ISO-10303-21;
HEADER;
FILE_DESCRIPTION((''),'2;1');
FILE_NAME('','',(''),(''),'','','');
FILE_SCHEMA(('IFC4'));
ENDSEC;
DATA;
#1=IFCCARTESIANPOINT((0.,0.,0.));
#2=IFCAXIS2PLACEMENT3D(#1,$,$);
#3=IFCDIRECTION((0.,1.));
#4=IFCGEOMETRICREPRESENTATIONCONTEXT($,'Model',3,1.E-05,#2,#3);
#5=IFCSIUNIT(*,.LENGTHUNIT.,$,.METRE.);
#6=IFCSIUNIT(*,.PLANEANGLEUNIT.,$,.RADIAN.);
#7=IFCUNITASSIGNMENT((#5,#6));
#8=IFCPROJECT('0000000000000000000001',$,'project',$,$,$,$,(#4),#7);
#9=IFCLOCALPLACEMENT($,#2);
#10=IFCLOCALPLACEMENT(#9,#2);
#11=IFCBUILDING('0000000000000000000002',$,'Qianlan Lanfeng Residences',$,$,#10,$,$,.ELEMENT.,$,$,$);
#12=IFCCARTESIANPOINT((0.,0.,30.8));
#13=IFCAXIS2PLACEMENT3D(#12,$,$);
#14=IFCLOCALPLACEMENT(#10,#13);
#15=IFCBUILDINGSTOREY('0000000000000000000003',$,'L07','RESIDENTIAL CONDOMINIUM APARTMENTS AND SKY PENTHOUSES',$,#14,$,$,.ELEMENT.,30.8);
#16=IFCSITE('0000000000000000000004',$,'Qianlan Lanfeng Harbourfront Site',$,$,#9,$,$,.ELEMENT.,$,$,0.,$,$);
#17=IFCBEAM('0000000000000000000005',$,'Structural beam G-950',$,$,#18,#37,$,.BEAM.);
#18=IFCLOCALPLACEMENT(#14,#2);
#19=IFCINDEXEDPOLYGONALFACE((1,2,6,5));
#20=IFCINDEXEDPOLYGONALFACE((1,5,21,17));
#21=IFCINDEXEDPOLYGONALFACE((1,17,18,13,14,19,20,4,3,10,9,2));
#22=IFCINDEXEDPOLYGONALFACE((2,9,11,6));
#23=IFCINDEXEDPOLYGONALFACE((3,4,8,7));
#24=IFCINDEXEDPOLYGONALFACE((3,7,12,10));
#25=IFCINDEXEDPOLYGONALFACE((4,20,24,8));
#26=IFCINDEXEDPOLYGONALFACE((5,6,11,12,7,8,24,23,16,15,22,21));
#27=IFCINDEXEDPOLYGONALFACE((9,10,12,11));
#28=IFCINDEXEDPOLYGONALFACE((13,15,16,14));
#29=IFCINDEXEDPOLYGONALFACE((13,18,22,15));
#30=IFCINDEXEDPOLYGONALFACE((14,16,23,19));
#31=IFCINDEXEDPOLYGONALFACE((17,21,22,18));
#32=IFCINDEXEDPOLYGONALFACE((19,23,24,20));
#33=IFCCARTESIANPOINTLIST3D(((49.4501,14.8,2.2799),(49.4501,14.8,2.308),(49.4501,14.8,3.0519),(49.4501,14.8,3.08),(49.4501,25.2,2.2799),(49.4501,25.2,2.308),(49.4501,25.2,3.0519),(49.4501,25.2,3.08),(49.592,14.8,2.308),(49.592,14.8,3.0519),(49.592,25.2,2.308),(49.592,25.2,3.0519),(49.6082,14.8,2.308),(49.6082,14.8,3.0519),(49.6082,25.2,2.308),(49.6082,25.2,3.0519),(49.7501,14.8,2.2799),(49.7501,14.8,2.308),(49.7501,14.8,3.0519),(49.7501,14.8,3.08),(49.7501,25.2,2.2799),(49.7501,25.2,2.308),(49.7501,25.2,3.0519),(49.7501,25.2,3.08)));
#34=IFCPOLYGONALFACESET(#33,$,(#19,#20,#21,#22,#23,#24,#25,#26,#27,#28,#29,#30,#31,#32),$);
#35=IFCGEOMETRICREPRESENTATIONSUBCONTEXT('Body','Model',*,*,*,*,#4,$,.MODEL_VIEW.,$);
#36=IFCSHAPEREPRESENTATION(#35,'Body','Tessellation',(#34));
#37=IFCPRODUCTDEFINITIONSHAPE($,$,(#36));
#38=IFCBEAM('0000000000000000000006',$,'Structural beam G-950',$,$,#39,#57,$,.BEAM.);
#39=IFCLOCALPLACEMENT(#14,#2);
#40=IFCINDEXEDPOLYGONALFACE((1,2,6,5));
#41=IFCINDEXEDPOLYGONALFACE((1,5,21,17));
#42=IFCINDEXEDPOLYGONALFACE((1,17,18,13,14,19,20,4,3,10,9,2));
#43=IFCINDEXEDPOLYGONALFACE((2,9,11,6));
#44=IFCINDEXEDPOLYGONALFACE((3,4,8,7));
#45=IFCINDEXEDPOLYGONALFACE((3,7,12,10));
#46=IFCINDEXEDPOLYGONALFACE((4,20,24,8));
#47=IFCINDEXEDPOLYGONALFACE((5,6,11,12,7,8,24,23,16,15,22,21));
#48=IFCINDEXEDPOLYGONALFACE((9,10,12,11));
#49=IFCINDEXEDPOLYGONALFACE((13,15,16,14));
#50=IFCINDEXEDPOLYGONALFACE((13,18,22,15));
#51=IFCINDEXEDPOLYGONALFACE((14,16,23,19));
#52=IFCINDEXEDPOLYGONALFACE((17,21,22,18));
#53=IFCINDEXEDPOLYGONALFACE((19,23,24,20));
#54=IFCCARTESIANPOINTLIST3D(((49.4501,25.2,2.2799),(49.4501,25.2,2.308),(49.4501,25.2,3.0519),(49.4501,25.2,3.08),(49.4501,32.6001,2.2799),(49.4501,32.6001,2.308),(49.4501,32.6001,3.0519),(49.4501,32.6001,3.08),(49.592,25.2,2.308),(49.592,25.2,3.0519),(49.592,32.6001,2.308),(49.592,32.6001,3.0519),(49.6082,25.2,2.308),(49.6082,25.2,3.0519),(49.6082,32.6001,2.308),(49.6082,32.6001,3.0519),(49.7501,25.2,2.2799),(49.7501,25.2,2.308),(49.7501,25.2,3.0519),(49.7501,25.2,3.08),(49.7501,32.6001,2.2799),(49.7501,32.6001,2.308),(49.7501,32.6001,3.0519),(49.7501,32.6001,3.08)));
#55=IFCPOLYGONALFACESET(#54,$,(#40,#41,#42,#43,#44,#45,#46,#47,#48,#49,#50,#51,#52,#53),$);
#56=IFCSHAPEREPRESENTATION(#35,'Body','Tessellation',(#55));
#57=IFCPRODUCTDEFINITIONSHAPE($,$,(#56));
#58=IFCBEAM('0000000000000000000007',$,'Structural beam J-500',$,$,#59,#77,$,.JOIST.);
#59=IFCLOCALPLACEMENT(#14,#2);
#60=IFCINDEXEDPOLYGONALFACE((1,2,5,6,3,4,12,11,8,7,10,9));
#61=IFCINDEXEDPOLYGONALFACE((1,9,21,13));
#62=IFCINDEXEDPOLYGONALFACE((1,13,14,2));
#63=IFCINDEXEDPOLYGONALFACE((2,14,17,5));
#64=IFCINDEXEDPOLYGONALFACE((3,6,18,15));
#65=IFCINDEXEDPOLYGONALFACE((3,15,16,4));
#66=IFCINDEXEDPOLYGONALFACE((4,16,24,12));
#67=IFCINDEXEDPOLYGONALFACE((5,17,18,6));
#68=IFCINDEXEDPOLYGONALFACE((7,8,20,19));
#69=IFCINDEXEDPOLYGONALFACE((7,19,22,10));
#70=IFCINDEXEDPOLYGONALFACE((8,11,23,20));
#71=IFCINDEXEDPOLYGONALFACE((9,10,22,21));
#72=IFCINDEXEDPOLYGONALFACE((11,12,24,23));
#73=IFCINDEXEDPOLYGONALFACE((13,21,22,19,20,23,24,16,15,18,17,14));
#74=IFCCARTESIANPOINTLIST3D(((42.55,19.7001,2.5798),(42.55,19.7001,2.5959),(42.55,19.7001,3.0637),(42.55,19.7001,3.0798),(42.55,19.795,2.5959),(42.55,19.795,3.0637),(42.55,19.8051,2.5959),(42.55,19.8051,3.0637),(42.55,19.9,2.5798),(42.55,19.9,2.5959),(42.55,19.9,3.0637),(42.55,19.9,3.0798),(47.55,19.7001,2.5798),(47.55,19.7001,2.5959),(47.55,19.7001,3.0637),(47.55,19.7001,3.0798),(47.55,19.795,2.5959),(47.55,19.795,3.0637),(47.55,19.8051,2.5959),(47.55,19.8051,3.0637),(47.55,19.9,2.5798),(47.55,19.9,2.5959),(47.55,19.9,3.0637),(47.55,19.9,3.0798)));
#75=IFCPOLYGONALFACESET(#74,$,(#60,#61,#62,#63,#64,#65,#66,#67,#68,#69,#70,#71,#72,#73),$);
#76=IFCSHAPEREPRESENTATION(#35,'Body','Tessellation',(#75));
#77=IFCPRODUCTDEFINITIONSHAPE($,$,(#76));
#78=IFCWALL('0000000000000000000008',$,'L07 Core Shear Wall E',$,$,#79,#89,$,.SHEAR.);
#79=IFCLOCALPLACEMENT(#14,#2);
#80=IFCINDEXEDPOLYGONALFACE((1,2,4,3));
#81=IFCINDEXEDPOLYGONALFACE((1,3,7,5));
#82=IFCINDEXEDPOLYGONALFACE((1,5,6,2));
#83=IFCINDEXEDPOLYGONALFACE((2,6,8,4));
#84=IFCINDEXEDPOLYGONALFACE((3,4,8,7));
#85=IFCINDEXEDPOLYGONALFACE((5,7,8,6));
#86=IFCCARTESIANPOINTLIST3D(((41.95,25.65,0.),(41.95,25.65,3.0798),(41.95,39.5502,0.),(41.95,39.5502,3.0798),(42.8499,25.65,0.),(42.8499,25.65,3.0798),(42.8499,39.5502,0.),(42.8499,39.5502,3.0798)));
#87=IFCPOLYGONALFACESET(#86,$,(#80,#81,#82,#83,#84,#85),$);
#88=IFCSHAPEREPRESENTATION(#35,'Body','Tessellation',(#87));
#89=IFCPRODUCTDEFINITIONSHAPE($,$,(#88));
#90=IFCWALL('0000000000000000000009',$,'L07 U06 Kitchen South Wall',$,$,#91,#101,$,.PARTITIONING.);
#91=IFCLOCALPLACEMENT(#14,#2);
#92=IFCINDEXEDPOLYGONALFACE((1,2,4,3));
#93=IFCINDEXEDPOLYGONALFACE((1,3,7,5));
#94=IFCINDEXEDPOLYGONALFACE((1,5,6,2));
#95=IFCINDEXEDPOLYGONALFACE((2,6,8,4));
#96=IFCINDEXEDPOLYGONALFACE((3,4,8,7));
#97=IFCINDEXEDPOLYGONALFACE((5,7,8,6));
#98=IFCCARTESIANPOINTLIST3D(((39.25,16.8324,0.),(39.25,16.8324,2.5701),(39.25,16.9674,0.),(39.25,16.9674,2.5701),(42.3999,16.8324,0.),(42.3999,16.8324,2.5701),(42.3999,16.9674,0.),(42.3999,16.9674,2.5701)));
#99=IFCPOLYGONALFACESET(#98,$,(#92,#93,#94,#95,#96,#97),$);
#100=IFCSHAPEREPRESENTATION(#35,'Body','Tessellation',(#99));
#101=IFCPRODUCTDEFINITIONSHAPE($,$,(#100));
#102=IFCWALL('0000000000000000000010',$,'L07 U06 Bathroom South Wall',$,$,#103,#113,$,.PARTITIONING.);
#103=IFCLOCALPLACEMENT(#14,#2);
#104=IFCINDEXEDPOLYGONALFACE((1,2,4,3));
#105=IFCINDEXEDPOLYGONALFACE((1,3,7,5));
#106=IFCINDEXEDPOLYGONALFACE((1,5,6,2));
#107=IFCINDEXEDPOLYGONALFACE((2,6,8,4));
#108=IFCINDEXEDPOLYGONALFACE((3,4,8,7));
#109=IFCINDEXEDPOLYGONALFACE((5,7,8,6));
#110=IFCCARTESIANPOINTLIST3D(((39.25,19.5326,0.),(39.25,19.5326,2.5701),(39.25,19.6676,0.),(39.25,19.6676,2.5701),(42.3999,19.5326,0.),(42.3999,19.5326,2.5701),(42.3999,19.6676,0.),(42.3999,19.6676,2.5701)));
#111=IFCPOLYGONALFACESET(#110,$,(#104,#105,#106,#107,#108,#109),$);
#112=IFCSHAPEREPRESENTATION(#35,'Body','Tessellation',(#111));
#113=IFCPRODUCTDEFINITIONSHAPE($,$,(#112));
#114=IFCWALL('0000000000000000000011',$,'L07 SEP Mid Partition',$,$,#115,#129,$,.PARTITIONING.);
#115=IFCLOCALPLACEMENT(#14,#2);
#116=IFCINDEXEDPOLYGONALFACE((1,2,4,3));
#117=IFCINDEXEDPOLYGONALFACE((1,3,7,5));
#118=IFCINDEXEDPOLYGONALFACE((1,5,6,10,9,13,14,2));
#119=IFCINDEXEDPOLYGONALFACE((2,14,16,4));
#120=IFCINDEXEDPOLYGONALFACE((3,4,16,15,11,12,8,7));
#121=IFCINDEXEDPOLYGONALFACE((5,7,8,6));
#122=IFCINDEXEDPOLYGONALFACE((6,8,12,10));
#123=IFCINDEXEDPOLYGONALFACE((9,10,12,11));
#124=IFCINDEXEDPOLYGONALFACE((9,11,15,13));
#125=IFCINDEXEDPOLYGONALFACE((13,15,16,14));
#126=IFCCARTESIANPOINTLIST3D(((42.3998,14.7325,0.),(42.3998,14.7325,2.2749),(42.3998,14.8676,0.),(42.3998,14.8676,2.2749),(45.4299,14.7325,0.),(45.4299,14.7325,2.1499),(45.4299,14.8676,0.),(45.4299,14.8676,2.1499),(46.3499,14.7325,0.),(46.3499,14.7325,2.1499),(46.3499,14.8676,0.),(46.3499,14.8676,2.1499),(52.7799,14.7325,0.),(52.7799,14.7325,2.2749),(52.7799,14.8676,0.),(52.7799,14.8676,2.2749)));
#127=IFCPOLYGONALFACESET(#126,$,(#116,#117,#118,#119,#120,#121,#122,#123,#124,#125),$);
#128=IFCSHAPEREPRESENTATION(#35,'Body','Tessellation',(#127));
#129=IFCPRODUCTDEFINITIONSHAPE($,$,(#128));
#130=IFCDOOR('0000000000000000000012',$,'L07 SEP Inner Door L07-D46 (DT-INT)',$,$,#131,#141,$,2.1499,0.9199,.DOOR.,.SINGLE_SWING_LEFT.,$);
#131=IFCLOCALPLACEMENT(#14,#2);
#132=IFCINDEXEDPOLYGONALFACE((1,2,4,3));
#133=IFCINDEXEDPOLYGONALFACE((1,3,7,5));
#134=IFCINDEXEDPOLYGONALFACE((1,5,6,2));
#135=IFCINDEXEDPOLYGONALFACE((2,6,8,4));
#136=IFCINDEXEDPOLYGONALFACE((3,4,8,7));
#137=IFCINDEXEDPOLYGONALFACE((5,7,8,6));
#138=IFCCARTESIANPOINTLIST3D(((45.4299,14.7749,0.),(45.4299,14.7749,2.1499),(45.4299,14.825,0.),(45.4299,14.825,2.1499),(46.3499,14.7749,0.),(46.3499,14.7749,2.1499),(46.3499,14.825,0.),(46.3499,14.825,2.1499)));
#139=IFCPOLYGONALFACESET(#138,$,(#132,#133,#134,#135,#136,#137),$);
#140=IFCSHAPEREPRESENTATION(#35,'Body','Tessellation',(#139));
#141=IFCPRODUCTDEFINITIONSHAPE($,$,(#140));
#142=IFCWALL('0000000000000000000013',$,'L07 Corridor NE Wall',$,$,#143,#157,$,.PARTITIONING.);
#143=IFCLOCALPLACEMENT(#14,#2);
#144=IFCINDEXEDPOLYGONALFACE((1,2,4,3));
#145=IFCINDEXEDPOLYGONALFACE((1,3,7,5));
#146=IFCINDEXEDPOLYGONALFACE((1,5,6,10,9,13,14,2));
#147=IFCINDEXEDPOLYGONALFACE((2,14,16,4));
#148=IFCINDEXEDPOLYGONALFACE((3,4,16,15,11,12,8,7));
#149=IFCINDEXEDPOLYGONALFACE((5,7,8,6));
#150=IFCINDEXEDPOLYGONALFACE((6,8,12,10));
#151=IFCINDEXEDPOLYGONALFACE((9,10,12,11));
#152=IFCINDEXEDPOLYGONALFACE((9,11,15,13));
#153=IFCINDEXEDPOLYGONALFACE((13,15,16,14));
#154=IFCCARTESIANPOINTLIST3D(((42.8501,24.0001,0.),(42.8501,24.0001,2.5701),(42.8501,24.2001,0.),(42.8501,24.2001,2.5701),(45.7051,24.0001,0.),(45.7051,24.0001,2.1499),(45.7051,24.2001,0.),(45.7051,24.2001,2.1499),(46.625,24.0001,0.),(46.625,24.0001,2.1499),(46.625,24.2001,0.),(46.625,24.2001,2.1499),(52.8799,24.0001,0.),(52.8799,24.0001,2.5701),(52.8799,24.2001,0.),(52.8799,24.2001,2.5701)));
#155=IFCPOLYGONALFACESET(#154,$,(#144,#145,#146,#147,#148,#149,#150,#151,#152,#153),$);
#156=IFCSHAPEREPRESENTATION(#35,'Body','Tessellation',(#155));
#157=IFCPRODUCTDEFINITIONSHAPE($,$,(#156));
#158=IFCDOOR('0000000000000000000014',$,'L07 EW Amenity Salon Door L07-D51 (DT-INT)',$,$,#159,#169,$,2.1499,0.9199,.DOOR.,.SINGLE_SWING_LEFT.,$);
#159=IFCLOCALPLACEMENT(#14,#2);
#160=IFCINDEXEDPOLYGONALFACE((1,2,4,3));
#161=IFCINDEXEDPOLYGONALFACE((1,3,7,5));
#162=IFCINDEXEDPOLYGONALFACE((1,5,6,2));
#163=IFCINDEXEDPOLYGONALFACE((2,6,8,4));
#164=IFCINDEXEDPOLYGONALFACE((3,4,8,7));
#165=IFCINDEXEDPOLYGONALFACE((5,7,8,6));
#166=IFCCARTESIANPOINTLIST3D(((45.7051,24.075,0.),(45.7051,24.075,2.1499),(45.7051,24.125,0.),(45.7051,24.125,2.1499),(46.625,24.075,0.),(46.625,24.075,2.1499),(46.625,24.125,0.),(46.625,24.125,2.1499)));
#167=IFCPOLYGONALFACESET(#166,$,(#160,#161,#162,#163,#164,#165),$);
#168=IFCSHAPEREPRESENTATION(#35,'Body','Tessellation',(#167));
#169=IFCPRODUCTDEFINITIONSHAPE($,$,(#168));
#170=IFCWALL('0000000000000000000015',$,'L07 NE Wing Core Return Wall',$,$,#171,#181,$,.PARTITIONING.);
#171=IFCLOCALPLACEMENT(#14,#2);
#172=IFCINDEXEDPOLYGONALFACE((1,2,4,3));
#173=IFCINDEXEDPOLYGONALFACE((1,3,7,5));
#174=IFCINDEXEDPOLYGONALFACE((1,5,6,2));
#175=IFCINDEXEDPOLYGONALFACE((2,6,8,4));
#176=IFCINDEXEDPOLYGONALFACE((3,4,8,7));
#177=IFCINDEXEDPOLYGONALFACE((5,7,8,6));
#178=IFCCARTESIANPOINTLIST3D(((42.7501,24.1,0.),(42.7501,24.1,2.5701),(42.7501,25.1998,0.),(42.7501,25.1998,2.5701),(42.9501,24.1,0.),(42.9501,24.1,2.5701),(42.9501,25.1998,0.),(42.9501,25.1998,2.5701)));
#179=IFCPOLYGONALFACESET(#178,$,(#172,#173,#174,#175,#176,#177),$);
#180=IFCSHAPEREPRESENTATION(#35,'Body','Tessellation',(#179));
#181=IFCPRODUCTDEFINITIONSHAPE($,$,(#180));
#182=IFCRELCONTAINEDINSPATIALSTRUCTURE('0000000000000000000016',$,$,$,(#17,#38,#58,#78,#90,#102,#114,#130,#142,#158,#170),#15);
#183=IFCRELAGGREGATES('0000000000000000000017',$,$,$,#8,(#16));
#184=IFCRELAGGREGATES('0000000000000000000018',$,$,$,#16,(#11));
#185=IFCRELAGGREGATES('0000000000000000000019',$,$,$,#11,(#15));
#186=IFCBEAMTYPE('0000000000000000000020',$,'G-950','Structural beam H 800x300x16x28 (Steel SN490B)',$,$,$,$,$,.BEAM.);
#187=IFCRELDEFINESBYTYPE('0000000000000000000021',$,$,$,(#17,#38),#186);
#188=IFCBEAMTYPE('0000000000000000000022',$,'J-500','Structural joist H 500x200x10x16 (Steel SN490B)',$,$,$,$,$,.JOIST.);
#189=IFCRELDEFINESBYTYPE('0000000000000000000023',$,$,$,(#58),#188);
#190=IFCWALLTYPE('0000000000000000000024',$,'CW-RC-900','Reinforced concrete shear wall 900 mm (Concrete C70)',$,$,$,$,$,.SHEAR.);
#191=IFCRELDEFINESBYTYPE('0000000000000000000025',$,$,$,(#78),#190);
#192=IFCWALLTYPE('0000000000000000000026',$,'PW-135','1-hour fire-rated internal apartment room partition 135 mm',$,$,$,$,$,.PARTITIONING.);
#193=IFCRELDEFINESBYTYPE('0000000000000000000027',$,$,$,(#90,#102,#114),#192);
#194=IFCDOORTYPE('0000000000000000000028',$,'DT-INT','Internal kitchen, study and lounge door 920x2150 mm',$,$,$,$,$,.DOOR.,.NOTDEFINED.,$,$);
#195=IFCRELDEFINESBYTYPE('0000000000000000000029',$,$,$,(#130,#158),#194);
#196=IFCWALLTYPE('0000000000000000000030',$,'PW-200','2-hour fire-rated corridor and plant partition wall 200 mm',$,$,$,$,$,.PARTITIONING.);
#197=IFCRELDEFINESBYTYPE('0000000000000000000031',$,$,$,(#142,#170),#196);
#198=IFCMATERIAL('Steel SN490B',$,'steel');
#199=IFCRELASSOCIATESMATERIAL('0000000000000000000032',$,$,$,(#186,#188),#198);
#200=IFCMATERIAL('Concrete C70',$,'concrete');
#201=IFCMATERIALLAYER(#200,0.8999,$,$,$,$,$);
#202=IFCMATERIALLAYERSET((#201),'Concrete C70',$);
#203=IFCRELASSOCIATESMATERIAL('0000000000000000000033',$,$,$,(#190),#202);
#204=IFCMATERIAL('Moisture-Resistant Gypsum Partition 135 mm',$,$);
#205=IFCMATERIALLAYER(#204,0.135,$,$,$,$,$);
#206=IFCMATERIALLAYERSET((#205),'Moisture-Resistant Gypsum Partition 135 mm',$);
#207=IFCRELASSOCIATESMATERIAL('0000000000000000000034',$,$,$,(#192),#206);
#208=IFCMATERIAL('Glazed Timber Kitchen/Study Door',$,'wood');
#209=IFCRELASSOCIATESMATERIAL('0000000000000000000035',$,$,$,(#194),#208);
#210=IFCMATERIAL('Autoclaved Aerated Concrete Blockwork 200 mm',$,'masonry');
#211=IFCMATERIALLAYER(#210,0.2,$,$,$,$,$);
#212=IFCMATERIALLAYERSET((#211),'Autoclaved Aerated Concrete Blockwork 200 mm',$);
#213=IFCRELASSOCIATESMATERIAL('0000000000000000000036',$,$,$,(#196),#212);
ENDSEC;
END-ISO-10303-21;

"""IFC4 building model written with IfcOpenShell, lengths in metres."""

from ifc_helpers import new_model, si_unit, direction, frame, frame_2d, origin, origin_2d, place, context, subcontext, project, spatial, rectangle, i_section, extrude, material, layer, layer_set, material_profile, profile_set, type_object, element, fill, save


model = new_model("IFC4")

# Units and contexts
model_context = context("Model", 3, precision=1e-05, world=origin(), true_north=direction((0.0, 1.0)))
body_context = subcontext(model_context, "Body", "Model", "MODEL_VIEW")
ifc_project = project(units=[si_unit("LENGTHUNIT", "METRE"), si_unit("PLANEANGLEUNIT", "RADIAN")], contexts=[model_context])

# Site, building, storey
site_placement = place(None, origin())
site = spatial("IfcSite", under=ifc_project, at=site_placement, Name="Qianlan Lanfeng Harbourfront Site", CompositionType="ELEMENT", RefElevation=0.0)
building_placement = place(site_placement, origin())
building = spatial("IfcBuilding", under=site, at=building_placement, Name="Qianlan Lanfeng Residences", CompositionType="ELEMENT")
storey_placement = place(building_placement, frame((0.0, 0.0, 30.8)))
storey = spatial("IfcBuildingStorey", under=building, at=storey_placement, Name="L07", Description="RESIDENTIAL CONDOMINIUM APARTMENTS AND SKY PENTHOUSES", CompositionType="ELEMENT", Elevation=30.8)

# Beams
ifc_material_1 = material(Name="Steel SN490B", Category="steel")
ifc_material_profile_1 = material_profile(ifc_material_1, i_section(OverallWidth=0.3, OverallDepth=0.8, WebThickness=0.0161, FlangeThickness=0.0281, at=origin_2d()), Name="H 800x300x16x28")
ifc_profile_set_1 = profile_set([ifc_material_profile_1], Name="Steel SN490B")
beam_type_1 = type_object("IfcBeamType", Name="G-950", Description="Structural beam H 800x300x16x28 (Steel SN490B)", PredefinedType="BEAM", material=ifc_profile_set_1)
beam_1_placement = place(storey_placement, frame((49.6001, 14.8, 2.6799), z_axis=(0.0, 1.0, 0.0), x_axis=(-1.0, 0.0, 0.0)))
element("IfcBeam", 1, at=beam_1_placement, inside=storey, type_object=beam_type_1, Name="Structural beam G-950", PredefinedType="BEAM", context=body_context, shape_type="SweptSolid", body=[
    extrude(i_section(OverallWidth=0.3, OverallDepth=0.8, WebThickness=0.0161, FlangeThickness=0.0281, at=origin_2d()), origin(), (0.0, 0.0, 1.0), 10.3999),
])
beam_2_placement = place(storey_placement, frame((49.6001, 25.2, 2.6799), z_axis=(0.0, 1.0, 0.0), x_axis=(-1.0, 0.0, 0.0)))
element("IfcBeam", 2, at=beam_2_placement, inside=storey, type_object=beam_type_1, Name="Structural beam G-950", PredefinedType="BEAM", context=body_context, shape_type="SweptSolid", body=[
    extrude(i_section(OverallWidth=0.3, OverallDepth=0.8, WebThickness=0.0161, FlangeThickness=0.0281, at=origin_2d()), origin(), (0.0, 0.0, 1.0), 7.4001),
])
ifc_material_profile_2 = material_profile(ifc_material_1, i_section(OverallWidth=0.2, OverallDepth=0.5, WebThickness=0.01, FlangeThickness=0.0161, at=origin_2d()), Name="H 500x200x10x16")
ifc_profile_set_2 = profile_set([ifc_material_profile_2], Name="Steel SN490B")
beam_type_2 = type_object("IfcBeamType", Name="J-500", Description="Structural joist H 500x200x10x16 (Steel SN490B)", PredefinedType="JOIST", material=ifc_profile_set_2)
beam_3_placement = place(storey_placement, frame((42.55, 19.8, 2.8298), z_axis=(1.0, 0.0, 0.0), x_axis=(0.0, 1.0, 0.0)))
element("IfcBeam", 3, at=beam_3_placement, inside=storey, type_object=beam_type_2, Name="Structural beam J-500", PredefinedType="JOIST", context=body_context, shape_type="SweptSolid", body=[
    extrude(i_section(OverallWidth=0.2, OverallDepth=0.5, WebThickness=0.01, FlangeThickness=0.0161, at=origin_2d()), origin(), (0.0, 0.0, 1.0), 5.0),
])

# Walls
ifc_material_2 = material(Name="Concrete C70", Category="concrete")
ifc_layer_1 = layer(ifc_material_2, 0.8999)
ifc_layer_set_1 = layer_set([ifc_layer_1], Name="Concrete C70")
wall_type_1 = type_object("IfcWallType", Name="CW-RC-900", Description="Reinforced concrete shear wall 900 mm (Concrete C70)", PredefinedType="SHEAR", material=ifc_layer_set_1)
wall_1_placement = place(storey_placement, frame((42.3999, 25.6499, 0.0), z_axis=(0.0, 0.0, 1.0), x_axis=(0.0, 1.0, 0.0)))
element("IfcWall", 4, at=wall_1_placement, inside=storey, type_object=wall_type_1, Name="L07 Core Shear Wall E", PredefinedType="SHEAR", context=body_context, shape_type="SweptSolid", body=[
    extrude(rectangle(XDim=13.9001, YDim=0.8999, at=frame_2d((6.9502, 0.0))), origin(), (0.0, 0.0, 1.0), 3.0798),
])
ifc_material_3 = material(Name="Moisture-Resistant Gypsum Partition 135 mm")
ifc_layer_2 = layer(ifc_material_3, 0.135)
ifc_layer_set_2 = layer_set([ifc_layer_2], Name="Moisture-Resistant Gypsum Partition 135 mm")
wall_type_2 = type_object("IfcWallType", Name="PW-135", Description="1-hour fire-rated internal apartment room partition 135 mm", PredefinedType="PARTITIONING", material=ifc_layer_set_2)
for number, where, z_axis, x_axis, name in (
    (5, (39.25, 16.8999, 0.0), (0.0, 0.0, 1.0), (1.0, 0.0, 0.0), "L07 U06 Kitchen South Wall"),
    (6, (39.25, 19.6001, 0.0), (0.0, 0.0, 1.0), (1.0, 0.0, 0.0), "L07 U06 Bathroom South Wall"),
):
    element("IfcWall", number, at=place(storey_placement, frame(where, z_axis=z_axis, x_axis=x_axis)), inside=storey, type_object=wall_type_2, Name=name, PredefinedType="PARTITIONING", context=body_context, shape_type="SweptSolid", body=[
        extrude(rectangle(XDim=3.1499, YDim=0.135, at=frame_2d((1.575, 0.0))), origin(), (0.0, 0.0, 1.0), 2.5701),
    ])

# Walls, openings, doors
wall_2_placement = place(storey_placement, frame((42.3999, 14.8, 0.0), z_axis=(0.0, 0.0, 1.0), x_axis=(1.0, 0.0, 0.0)))
wall_2 = element("IfcWall", 7, at=wall_2_placement, inside=storey, type_object=wall_type_2, Name="L07 SEP Mid Partition", PredefinedType="PARTITIONING", context=body_context, shape_type="SweptSolid", body=[
    extrude(rectangle(XDim=10.3801, YDim=0.135, at=frame_2d((5.1899, 0.0))), origin(), (0.0, 0.0, 1.0), 2.2749),
])
opening_1_placement = place(wall_2_placement, frame((3.03, 0.0, 0.0)))
opening_1 = element("IfcOpeningElement", 8, at=opening_1_placement, cuts=wall_2, PredefinedType="OPENING", context=body_context, shape_type="SweptSolid", body=[
    extrude(rectangle(XDim=0.9199, YDim=2.1499, at=frame_2d((0.46, 1.075))), frame((0.0, 0.0776, 0.0), z_axis=(0.0, -1.0, 0.0), x_axis=(1.0, 0.0, 0.0)), (0.0, 0.0, 1.0), 0.155),
])
ifc_material_4 = material(Name="Glazed Timber Kitchen/Study Door", Category="wood")
door_type = type_object("IfcDoorType", Name="DT-INT", Description="Internal kitchen, study and lounge door 920x2150 mm", OperationType="NOTDEFINED", PredefinedType="DOOR", material=ifc_material_4)
door_1_placement = place(opening_1_placement, origin())
door_1 = element("IfcDoor", 9, at=door_1_placement, inside=storey, type_object=door_type, Name="L07 SEP Inner Door L07-D46 (DT-INT)", OperationType="SINGLE_SWING_LEFT", OverallHeight=2.1499, OverallWidth=0.9199, PredefinedType="DOOR", context=body_context, shape_type="SweptSolid", body=[
    extrude(rectangle(XDim=0.9199, YDim=2.1499, at=frame_2d((0.46, 1.075))), frame((0.0, 0.0249, 0.0), z_axis=(0.0, -1.0, 0.0), x_axis=(1.0, 0.0, 0.0)), (0.0, 0.0, 1.0), 0.05),
])
fill(opening_1, door_1)
ifc_material_5 = material(Name="Autoclaved Aerated Concrete Blockwork 200 mm", Category="masonry")
ifc_layer_3 = layer(ifc_material_5, 0.2)
ifc_layer_set_3 = layer_set([ifc_layer_3], Name="Autoclaved Aerated Concrete Blockwork 200 mm")
wall_type_3 = type_object("IfcWallType", Name="PW-200", Description="2-hour fire-rated corridor and plant partition wall 200 mm", PredefinedType="PARTITIONING", material=ifc_layer_set_3)
wall_3_placement = place(storey_placement, frame((42.8501, 24.1001, 0.0), z_axis=(0.0, 0.0, 1.0), x_axis=(1.0, 0.0, 0.0)))
wall_3 = element("IfcWall", 10, at=wall_3_placement, inside=storey, type_object=wall_type_3, Name="L07 Corridor NE Wall", PredefinedType="PARTITIONING", context=body_context, shape_type="SweptSolid", body=[
    extrude(rectangle(XDim=10.0298, YDim=0.2, at=frame_2d((5.0149, 0.0))), origin(), (0.0, 0.0, 1.0), 2.5701),
])
opening_2_placement = place(wall_3_placement, frame((2.855, 0.0, 0.0)))
opening_2 = element("IfcOpeningElement", 11, at=opening_2_placement, cuts=wall_3, PredefinedType="OPENING", context=body_context, shape_type="SweptSolid", body=[
    extrude(rectangle(XDim=0.9199, YDim=2.1499, at=frame_2d((0.46, 1.075))), frame((0.0, 0.1099, 0.0), z_axis=(0.0, -1.0, 0.0), x_axis=(1.0, 0.0, 0.0)), (0.0, 0.0, 1.0), 0.22),
])
door_2_placement = place(opening_2_placement, origin())
door_2 = element("IfcDoor", 12, at=door_2_placement, inside=storey, type_object=door_type, Name="L07 EW Amenity Salon Door L07-D51 (DT-INT)", OperationType="SINGLE_SWING_LEFT", OverallHeight=2.1499, OverallWidth=0.9199, PredefinedType="DOOR", context=body_context, shape_type="SweptSolid", body=[
    extrude(rectangle(XDim=0.9199, YDim=2.1499, at=frame_2d((0.46, 1.075))), frame((0.0, 0.0249, 0.0), z_axis=(0.0, -1.0, 0.0), x_axis=(1.0, 0.0, 0.0)), (0.0, 0.0, 1.0), 0.05),
])
fill(opening_2, door_2)

# Wall
wall_4_placement = place(storey_placement, frame((42.8501, 24.1001, 0.0), z_axis=(0.0, 0.0, 1.0), x_axis=(0.0, 1.0, 0.0)))
element("IfcWall", 13, at=wall_4_placement, inside=storey, type_object=wall_type_3, Name="L07 NE Wing Core Return Wall", PredefinedType="PARTITIONING", context=body_context, shape_type="SweptSolid", body=[
    extrude(rectangle(XDim=1.0999, YDim=0.2, at=frame_2d((0.5498, 0.0))), origin(), (0.0, 0.0, 1.0), 2.5701),
])

save(model, "model.ifc")
